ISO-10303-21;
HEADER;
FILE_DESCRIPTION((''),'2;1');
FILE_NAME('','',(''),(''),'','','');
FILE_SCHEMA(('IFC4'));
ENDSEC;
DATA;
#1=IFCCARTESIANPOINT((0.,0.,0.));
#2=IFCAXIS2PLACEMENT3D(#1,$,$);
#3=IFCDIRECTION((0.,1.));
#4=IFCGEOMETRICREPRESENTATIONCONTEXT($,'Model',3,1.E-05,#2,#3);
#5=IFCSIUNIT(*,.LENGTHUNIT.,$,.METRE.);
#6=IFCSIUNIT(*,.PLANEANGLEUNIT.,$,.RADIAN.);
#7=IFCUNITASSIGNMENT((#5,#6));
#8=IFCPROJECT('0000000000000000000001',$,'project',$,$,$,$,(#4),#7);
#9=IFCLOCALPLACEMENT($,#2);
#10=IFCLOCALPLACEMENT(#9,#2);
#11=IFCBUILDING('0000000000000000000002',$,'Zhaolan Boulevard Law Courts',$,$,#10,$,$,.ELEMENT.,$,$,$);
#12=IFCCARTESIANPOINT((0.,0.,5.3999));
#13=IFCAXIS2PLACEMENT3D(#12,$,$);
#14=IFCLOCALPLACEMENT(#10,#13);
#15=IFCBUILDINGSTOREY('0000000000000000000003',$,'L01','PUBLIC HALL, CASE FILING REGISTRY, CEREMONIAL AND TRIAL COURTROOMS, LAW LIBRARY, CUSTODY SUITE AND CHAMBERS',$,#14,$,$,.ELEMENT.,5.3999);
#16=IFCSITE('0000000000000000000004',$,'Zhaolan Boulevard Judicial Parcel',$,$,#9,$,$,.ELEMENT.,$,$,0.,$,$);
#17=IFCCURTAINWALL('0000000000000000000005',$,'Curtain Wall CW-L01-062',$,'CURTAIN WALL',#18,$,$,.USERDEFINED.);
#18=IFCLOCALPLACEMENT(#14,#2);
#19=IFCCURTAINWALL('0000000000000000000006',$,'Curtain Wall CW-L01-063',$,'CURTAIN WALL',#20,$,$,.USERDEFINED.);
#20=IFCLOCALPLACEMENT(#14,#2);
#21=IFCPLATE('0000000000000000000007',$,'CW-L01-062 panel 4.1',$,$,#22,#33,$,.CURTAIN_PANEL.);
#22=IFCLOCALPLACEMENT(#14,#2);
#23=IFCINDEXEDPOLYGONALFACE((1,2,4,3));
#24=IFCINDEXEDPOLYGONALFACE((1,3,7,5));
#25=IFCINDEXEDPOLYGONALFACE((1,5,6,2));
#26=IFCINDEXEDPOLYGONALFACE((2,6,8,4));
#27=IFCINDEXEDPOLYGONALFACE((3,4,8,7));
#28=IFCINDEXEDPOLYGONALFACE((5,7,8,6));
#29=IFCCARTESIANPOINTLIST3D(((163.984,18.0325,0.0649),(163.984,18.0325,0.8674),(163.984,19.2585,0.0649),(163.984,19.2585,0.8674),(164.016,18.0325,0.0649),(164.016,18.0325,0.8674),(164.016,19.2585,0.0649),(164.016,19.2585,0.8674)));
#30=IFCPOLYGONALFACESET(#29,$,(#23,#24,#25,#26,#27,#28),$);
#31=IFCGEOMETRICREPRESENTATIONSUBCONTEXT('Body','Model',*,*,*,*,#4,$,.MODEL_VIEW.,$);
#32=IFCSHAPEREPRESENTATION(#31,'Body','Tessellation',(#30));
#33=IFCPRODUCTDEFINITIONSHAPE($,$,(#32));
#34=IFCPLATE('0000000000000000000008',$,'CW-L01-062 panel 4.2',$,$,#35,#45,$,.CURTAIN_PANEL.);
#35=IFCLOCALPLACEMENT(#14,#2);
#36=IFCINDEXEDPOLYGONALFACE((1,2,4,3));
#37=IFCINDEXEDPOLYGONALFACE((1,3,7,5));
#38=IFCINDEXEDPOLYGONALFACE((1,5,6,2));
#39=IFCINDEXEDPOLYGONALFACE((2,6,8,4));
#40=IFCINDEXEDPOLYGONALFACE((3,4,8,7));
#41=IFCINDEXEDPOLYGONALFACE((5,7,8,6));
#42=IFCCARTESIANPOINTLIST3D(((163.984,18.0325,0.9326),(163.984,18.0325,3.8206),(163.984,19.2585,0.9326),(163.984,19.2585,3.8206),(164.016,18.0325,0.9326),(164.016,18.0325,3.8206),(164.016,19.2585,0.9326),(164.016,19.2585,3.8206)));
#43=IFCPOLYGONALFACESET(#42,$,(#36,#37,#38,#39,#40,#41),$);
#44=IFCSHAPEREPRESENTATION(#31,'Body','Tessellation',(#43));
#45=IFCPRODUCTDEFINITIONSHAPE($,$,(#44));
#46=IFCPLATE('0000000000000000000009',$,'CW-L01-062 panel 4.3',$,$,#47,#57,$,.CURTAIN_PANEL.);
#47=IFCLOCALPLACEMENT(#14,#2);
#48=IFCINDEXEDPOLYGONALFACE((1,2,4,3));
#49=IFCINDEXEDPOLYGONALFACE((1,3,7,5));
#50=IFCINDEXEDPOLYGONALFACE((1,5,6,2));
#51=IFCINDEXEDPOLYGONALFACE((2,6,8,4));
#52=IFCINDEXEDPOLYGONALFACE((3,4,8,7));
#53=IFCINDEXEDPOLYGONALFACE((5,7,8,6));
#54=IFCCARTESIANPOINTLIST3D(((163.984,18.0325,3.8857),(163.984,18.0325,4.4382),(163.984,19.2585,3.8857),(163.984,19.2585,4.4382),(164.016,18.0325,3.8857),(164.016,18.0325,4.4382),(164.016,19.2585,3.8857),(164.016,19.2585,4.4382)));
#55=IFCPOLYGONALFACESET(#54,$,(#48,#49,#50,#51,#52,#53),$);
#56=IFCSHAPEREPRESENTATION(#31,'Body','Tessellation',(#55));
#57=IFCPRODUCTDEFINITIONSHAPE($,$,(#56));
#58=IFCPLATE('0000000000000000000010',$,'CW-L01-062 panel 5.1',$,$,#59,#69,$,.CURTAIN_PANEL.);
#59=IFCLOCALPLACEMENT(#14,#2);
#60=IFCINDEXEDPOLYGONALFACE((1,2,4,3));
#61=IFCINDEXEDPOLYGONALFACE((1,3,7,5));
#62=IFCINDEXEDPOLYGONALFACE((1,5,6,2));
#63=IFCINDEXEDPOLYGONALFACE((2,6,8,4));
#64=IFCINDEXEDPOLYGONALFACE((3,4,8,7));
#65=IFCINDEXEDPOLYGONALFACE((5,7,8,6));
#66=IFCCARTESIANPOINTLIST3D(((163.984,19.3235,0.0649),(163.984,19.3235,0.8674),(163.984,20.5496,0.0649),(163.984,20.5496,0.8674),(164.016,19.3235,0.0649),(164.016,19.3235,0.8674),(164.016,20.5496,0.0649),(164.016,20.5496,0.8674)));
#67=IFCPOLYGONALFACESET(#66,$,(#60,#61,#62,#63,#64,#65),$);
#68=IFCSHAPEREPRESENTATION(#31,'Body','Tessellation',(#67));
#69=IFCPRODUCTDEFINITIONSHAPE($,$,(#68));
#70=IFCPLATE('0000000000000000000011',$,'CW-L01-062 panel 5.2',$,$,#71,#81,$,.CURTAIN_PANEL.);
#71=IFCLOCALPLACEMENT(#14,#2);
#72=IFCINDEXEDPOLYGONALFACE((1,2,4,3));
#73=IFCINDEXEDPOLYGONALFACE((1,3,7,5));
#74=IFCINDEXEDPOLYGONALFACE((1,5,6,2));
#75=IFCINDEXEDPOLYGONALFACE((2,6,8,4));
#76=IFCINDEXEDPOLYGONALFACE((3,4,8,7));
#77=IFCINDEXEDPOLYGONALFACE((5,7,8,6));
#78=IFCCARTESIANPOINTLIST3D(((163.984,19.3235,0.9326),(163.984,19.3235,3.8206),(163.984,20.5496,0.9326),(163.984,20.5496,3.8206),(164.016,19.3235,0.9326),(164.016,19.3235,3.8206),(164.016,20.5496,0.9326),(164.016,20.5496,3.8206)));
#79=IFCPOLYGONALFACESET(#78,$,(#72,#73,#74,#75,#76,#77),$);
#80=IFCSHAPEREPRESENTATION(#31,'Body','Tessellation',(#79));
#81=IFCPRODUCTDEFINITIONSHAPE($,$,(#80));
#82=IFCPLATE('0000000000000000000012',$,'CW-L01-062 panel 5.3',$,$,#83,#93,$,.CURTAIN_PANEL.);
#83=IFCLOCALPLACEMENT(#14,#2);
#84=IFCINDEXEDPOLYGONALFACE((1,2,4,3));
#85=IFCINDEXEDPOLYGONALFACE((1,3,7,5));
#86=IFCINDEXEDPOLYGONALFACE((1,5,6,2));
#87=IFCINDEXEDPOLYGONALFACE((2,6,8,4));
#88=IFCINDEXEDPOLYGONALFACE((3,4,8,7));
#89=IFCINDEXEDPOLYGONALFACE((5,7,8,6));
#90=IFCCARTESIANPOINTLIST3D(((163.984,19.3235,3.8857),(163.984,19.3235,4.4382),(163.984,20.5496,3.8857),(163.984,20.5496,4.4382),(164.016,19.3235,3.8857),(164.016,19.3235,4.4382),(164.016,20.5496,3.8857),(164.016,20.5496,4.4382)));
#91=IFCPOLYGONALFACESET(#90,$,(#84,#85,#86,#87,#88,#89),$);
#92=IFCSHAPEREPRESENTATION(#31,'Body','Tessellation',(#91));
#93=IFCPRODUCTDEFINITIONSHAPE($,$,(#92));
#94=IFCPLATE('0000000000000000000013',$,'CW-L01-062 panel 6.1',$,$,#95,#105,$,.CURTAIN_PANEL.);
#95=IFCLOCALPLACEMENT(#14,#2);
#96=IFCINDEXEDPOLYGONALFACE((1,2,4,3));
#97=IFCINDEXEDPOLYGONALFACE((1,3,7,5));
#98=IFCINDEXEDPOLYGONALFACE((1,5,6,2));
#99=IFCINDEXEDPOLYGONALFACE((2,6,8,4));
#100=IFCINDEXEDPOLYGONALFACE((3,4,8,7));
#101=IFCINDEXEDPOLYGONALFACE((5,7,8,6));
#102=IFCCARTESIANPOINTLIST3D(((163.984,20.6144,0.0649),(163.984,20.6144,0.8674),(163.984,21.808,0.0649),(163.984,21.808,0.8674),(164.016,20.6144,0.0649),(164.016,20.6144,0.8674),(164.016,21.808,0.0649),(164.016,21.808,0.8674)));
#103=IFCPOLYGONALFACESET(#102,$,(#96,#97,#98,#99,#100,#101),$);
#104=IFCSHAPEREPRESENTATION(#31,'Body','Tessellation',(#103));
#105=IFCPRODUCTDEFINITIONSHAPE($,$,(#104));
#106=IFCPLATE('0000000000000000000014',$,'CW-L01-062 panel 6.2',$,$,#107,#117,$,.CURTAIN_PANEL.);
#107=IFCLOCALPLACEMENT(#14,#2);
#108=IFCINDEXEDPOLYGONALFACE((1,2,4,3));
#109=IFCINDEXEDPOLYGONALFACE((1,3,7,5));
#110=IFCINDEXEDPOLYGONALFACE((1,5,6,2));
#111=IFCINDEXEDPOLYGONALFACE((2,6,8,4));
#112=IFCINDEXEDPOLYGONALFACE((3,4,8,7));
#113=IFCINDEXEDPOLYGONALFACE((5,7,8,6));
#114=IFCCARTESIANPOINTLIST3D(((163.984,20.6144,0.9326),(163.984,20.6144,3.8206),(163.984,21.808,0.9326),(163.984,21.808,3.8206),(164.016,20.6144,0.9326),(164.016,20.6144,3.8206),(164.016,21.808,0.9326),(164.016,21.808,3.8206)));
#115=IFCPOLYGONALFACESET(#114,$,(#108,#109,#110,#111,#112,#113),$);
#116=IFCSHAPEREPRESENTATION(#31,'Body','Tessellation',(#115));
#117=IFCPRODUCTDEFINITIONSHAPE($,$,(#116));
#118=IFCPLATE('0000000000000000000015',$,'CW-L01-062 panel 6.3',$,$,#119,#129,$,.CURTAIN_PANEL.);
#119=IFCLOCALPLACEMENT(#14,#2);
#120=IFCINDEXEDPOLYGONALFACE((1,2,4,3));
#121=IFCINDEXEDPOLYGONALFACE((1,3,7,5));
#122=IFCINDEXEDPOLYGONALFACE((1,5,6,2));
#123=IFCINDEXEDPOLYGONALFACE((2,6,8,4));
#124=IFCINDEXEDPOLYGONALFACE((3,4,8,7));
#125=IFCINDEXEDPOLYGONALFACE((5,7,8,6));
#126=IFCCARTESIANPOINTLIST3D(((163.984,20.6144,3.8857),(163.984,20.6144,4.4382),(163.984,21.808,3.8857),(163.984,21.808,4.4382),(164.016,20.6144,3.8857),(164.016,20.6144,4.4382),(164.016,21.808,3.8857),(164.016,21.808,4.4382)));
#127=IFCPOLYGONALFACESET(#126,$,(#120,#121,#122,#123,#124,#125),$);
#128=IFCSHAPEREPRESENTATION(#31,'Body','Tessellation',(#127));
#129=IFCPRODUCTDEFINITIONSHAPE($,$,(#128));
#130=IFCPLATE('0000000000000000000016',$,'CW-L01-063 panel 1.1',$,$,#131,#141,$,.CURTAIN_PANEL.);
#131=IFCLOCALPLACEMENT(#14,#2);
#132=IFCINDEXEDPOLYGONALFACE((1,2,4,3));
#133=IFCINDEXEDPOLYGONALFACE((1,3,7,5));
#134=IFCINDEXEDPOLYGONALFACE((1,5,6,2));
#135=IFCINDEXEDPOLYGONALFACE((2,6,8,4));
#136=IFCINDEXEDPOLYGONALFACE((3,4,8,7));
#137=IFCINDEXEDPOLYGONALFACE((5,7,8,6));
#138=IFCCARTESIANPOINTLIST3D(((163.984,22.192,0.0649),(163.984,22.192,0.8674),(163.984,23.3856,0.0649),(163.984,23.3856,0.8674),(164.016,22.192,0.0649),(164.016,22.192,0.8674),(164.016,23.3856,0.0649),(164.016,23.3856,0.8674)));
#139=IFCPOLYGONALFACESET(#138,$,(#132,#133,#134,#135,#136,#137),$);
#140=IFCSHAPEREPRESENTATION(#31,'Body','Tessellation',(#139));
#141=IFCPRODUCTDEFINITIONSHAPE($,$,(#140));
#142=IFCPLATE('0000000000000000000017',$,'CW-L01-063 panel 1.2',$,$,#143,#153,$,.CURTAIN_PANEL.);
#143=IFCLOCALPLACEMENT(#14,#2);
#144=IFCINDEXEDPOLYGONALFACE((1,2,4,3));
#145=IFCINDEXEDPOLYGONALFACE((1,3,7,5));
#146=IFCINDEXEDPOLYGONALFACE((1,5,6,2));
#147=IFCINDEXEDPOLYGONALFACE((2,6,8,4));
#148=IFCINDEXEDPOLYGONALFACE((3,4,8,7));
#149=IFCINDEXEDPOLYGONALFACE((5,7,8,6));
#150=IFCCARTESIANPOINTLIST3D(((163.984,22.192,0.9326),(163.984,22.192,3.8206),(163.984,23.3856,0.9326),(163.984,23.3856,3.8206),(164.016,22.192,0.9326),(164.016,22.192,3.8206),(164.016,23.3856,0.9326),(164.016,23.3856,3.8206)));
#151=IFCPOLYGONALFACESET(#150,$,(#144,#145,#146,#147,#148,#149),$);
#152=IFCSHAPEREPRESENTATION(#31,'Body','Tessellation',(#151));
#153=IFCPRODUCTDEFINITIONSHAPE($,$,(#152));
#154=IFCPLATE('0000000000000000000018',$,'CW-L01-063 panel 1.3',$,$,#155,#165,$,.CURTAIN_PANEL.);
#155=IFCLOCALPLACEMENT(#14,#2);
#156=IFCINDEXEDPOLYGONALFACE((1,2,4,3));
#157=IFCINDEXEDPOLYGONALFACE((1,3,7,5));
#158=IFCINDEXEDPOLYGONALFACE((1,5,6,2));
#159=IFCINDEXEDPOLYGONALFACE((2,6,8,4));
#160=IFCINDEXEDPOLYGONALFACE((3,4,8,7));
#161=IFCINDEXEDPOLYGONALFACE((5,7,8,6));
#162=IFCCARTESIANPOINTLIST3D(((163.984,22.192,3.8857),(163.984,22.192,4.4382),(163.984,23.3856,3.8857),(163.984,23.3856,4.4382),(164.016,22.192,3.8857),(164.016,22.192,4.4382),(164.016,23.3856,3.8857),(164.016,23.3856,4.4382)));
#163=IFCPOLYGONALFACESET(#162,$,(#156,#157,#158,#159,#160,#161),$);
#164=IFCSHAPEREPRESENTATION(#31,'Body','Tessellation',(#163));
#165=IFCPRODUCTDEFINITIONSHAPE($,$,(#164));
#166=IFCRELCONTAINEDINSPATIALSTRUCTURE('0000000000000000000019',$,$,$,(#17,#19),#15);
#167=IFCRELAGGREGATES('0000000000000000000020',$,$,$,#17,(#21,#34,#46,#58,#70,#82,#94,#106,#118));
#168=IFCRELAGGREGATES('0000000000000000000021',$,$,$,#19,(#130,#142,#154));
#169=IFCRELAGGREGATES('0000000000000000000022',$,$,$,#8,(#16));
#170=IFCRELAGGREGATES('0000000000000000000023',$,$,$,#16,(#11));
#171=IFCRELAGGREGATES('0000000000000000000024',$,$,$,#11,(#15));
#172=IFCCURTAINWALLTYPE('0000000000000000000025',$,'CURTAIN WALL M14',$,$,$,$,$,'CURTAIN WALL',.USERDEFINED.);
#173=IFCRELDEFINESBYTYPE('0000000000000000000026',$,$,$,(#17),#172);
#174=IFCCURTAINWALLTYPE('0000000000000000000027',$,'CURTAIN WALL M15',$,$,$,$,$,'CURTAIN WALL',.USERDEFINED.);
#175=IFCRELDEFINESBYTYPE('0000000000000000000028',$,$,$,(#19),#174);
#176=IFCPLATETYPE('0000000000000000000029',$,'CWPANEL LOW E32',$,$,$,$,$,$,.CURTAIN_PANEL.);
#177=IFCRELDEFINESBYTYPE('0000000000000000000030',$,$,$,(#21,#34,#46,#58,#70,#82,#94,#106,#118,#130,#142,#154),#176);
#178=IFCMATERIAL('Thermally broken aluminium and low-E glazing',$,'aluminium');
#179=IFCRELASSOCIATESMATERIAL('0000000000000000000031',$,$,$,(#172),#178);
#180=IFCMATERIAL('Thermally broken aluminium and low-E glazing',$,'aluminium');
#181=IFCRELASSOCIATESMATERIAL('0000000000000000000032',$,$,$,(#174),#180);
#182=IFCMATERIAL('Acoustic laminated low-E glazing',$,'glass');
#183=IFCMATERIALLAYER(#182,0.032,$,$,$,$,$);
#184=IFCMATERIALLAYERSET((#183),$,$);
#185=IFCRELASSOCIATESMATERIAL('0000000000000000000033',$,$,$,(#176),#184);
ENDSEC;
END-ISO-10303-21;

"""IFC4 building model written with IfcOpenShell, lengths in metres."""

from ifc_helpers import new_model, si_unit, direction, frame, origin, origin_2d, place, context, subcontext, project, spatial, rectangle, extrude, material, layer, layer_set, type_object, element, aggregate, save


model = new_model("IFC4")

# Units and contexts
model_context = context("Model", 3, precision=1e-05, world=origin(), true_north=direction((0.0, 1.0)))
body_context = subcontext(model_context, "Body", "Model", "MODEL_VIEW")
ifc_project = project(units=[si_unit("LENGTHUNIT", "METRE"), si_unit("PLANEANGLEUNIT", "RADIAN")], contexts=[model_context])

# Site, building, storey
site_placement = place(None, origin())
site = spatial("IfcSite", under=ifc_project, at=site_placement, Name="Zhaolan Boulevard Judicial Parcel", CompositionType="ELEMENT", RefElevation=0.0)
building_placement = place(site_placement, origin())
building = spatial("IfcBuilding", under=site, at=building_placement, Name="Zhaolan Boulevard Law Courts", CompositionType="ELEMENT")
storey_placement = place(building_placement, frame((0.0, 0.0, 5.3999)))
storey = spatial("IfcBuildingStorey", under=building, at=storey_placement, Name="L01", Description="PUBLIC HALL, CASE FILING REGISTRY, CEREMONIAL AND TRIAL COURTROOMS, LAW LIBRARY, CUSTODY SUITE AND CHAMBERS", CompositionType="ELEMENT", Elevation=5.3999)

# Curtain walls
ifc_material_1 = material(Name="Thermally broken aluminium and low-E glazing", Category="aluminium")
curtain_wall_type_1 = type_object("IfcCurtainWallType", Name="CURTAIN WALL M14", ElementType="CURTAIN WALL", PredefinedType="USERDEFINED", material=ifc_material_1)
curtain_wall_1_placement = place(storey_placement, origin())
curtain_wall_1 = element("IfcCurtainWall", 1, at=curtain_wall_1_placement, inside=storey, type_object=curtain_wall_type_1, Name="Curtain Wall CW-L01-062", ObjectType="CURTAIN WALL", PredefinedType="USERDEFINED")
ifc_material_2 = material(Name="Thermally broken aluminium and low-E glazing", Category="aluminium")
curtain_wall_type_2 = type_object("IfcCurtainWallType", Name="CURTAIN WALL M15", ElementType="CURTAIN WALL", PredefinedType="USERDEFINED", material=ifc_material_2)
curtain_wall_2_placement = place(storey_placement, origin())
curtain_wall_2 = element("IfcCurtainWall", 2, at=curtain_wall_2_placement, inside=storey, type_object=curtain_wall_type_2, Name="Curtain Wall CW-L01-063", ObjectType="CURTAIN WALL", PredefinedType="USERDEFINED")

# Plates
ifc_material_3 = material(Name="Acoustic laminated low-E glazing", Category="glass")
ifc_layer = layer(ifc_material_3, 0.032)
ifc_layer_set = layer_set([ifc_layer])
plate_type = type_object("IfcPlateType", Name="CWPANEL LOW E32", PredefinedType="CURTAIN_PANEL", material=ifc_layer_set)
plate_1_placement = place(storey_placement, frame((164.0, 18.6455, 0.0649), z_axis=(0.0, 0.0, 1.0), x_axis=(0.0, 1.0, 0.0)))
plate_1 = element("IfcPlate", 3, at=plate_1_placement, type_object=plate_type, Name="CW-L01-062 panel 4.1", PredefinedType="CURTAIN_PANEL", context=body_context, shape_type="SweptSolid", body=[
    extrude(rectangle(XDim=1.2261, YDim=0.032, at=origin_2d()), origin(), (0.0, 0.0, 1.0), 0.8025),
])
plate_2_placement = place(storey_placement, frame((164.0, 18.6455, 0.9326), z_axis=(0.0, 0.0, 1.0), x_axis=(0.0, 1.0, 0.0)))
plate_2 = element("IfcPlate", 4, at=plate_2_placement, type_object=plate_type, Name="CW-L01-062 panel 4.2", PredefinedType="CURTAIN_PANEL", context=body_context, shape_type="SweptSolid", body=[
    extrude(rectangle(XDim=1.2261, YDim=0.032, at=origin_2d()), origin(), (0.0, 0.0, 1.0), 2.8879),
])
plate_3_placement = place(storey_placement, frame((164.0, 18.6455, 3.8857), z_axis=(0.0, 0.0, 1.0), x_axis=(0.0, 1.0, 0.0)))
plate_3 = element("IfcPlate", 5, at=plate_3_placement, type_object=plate_type, Name="CW-L01-062 panel 4.3", PredefinedType="CURTAIN_PANEL", context=body_context, shape_type="SweptSolid", body=[
    extrude(rectangle(XDim=1.2261, YDim=0.032, at=origin_2d()), origin(), (0.0, 0.0, 1.0), 0.5525),
])
plate_4_placement = place(storey_placement, frame((164.0, 19.9365, 0.0649), z_axis=(0.0, 0.0, 1.0), x_axis=(0.0, 1.0, 0.0)))
plate_4 = element("IfcPlate", 6, at=plate_4_placement, type_object=plate_type, Name="CW-L01-062 panel 5.1", PredefinedType="CURTAIN_PANEL", context=body_context, shape_type="SweptSolid", body=[
    extrude(rectangle(XDim=1.2261, YDim=0.032, at=origin_2d()), origin(), (0.0, 0.0, 1.0), 0.8025),
])
plate_5_placement = place(storey_placement, frame((164.0, 19.9365, 0.9326), z_axis=(0.0, 0.0, 1.0), x_axis=(0.0, 1.0, 0.0)))
plate_5 = element("IfcPlate", 7, at=plate_5_placement, type_object=plate_type, Name="CW-L01-062 panel 5.2", PredefinedType="CURTAIN_PANEL", context=body_context, shape_type="SweptSolid", body=[
    extrude(rectangle(XDim=1.2261, YDim=0.032, at=origin_2d()), origin(), (0.0, 0.0, 1.0), 2.8879),
])
plate_6_placement = place(storey_placement, frame((164.0, 19.9365, 3.8857), z_axis=(0.0, 0.0, 1.0), x_axis=(0.0, 1.0, 0.0)))
plate_6 = element("IfcPlate", 8, at=plate_6_placement, type_object=plate_type, Name="CW-L01-062 panel 5.3", PredefinedType="CURTAIN_PANEL", context=body_context, shape_type="SweptSolid", body=[
    extrude(rectangle(XDim=1.2261, YDim=0.032, at=origin_2d()), origin(), (0.0, 0.0, 1.0), 0.5525),
])
plate_7_placement = place(storey_placement, frame((164.0, 21.2112, 0.0649), z_axis=(0.0, 0.0, 1.0), x_axis=(0.0, 1.0, 0.0)))
plate_7 = element("IfcPlate", 9, at=plate_7_placement, type_object=plate_type, Name="CW-L01-062 panel 6.1", PredefinedType="CURTAIN_PANEL", context=body_context, shape_type="SweptSolid", body=[
    extrude(rectangle(XDim=1.1936, YDim=0.032, at=origin_2d()), origin(), (0.0, 0.0, 1.0), 0.8025),
])
plate_8_placement = place(storey_placement, frame((164.0, 21.2112, 0.9326), z_axis=(0.0, 0.0, 1.0), x_axis=(0.0, 1.0, 0.0)))
plate_8 = element("IfcPlate", 10, at=plate_8_placement, type_object=plate_type, Name="CW-L01-062 panel 6.2", PredefinedType="CURTAIN_PANEL", context=body_context, shape_type="SweptSolid", body=[
    extrude(rectangle(XDim=1.1936, YDim=0.032, at=origin_2d()), origin(), (0.0, 0.0, 1.0), 2.8879),
])
plate_9_placement = place(storey_placement, frame((164.0, 21.2112, 3.8857), z_axis=(0.0, 0.0, 1.0), x_axis=(0.0, 1.0, 0.0)))
plate_9 = element("IfcPlate", 11, at=plate_9_placement, type_object=plate_type, Name="CW-L01-062 panel 6.3", PredefinedType="CURTAIN_PANEL", context=body_context, shape_type="SweptSolid", body=[
    extrude(rectangle(XDim=1.1936, YDim=0.032, at=origin_2d()), origin(), (0.0, 0.0, 1.0), 0.5525),
])
aggregate(curtain_wall_1, [plate_1, plate_2, plate_3, plate_4, plate_5, plate_6, plate_7, plate_8, plate_9])
plate_10_placement = place(storey_placement, frame((164.0, 22.7888, 0.0649), z_axis=(0.0, 0.0, 1.0), x_axis=(0.0, 1.0, 0.0)))
plate_10 = element("IfcPlate", 12, at=plate_10_placement, type_object=plate_type, Name="CW-L01-063 panel 1.1", PredefinedType="CURTAIN_PANEL", context=body_context, shape_type="SweptSolid", body=[
    extrude(rectangle(XDim=1.1936, YDim=0.032, at=origin_2d()), origin(), (0.0, 0.0, 1.0), 0.8025),
])
plate_11_placement = place(storey_placement, frame((164.0, 22.7888, 0.9326), z_axis=(0.0, 0.0, 1.0), x_axis=(0.0, 1.0, 0.0)))
plate_11 = element("IfcPlate", 13, at=plate_11_placement, type_object=plate_type, Name="CW-L01-063 panel 1.2", PredefinedType="CURTAIN_PANEL", context=body_context, shape_type="SweptSolid", body=[
    extrude(rectangle(XDim=1.1936, YDim=0.032, at=origin_2d()), origin(), (0.0, 0.0, 1.0), 2.8879),
])
plate_12_placement = place(storey_placement, frame((164.0, 22.7888, 3.8857), z_axis=(0.0, 0.0, 1.0), x_axis=(0.0, 1.0, 0.0)))
plate_12 = element("IfcPlate", 14, at=plate_12_placement, type_object=plate_type, Name="CW-L01-063 panel 1.3", PredefinedType="CURTAIN_PANEL", context=body_context, shape_type="SweptSolid", body=[
    extrude(rectangle(XDim=1.1936, YDim=0.032, at=origin_2d()), origin(), (0.0, 0.0, 1.0), 0.5525),
])
aggregate(curtain_wall_2, [plate_10, plate_11, plate_12])

save(model, "model.ifc")
